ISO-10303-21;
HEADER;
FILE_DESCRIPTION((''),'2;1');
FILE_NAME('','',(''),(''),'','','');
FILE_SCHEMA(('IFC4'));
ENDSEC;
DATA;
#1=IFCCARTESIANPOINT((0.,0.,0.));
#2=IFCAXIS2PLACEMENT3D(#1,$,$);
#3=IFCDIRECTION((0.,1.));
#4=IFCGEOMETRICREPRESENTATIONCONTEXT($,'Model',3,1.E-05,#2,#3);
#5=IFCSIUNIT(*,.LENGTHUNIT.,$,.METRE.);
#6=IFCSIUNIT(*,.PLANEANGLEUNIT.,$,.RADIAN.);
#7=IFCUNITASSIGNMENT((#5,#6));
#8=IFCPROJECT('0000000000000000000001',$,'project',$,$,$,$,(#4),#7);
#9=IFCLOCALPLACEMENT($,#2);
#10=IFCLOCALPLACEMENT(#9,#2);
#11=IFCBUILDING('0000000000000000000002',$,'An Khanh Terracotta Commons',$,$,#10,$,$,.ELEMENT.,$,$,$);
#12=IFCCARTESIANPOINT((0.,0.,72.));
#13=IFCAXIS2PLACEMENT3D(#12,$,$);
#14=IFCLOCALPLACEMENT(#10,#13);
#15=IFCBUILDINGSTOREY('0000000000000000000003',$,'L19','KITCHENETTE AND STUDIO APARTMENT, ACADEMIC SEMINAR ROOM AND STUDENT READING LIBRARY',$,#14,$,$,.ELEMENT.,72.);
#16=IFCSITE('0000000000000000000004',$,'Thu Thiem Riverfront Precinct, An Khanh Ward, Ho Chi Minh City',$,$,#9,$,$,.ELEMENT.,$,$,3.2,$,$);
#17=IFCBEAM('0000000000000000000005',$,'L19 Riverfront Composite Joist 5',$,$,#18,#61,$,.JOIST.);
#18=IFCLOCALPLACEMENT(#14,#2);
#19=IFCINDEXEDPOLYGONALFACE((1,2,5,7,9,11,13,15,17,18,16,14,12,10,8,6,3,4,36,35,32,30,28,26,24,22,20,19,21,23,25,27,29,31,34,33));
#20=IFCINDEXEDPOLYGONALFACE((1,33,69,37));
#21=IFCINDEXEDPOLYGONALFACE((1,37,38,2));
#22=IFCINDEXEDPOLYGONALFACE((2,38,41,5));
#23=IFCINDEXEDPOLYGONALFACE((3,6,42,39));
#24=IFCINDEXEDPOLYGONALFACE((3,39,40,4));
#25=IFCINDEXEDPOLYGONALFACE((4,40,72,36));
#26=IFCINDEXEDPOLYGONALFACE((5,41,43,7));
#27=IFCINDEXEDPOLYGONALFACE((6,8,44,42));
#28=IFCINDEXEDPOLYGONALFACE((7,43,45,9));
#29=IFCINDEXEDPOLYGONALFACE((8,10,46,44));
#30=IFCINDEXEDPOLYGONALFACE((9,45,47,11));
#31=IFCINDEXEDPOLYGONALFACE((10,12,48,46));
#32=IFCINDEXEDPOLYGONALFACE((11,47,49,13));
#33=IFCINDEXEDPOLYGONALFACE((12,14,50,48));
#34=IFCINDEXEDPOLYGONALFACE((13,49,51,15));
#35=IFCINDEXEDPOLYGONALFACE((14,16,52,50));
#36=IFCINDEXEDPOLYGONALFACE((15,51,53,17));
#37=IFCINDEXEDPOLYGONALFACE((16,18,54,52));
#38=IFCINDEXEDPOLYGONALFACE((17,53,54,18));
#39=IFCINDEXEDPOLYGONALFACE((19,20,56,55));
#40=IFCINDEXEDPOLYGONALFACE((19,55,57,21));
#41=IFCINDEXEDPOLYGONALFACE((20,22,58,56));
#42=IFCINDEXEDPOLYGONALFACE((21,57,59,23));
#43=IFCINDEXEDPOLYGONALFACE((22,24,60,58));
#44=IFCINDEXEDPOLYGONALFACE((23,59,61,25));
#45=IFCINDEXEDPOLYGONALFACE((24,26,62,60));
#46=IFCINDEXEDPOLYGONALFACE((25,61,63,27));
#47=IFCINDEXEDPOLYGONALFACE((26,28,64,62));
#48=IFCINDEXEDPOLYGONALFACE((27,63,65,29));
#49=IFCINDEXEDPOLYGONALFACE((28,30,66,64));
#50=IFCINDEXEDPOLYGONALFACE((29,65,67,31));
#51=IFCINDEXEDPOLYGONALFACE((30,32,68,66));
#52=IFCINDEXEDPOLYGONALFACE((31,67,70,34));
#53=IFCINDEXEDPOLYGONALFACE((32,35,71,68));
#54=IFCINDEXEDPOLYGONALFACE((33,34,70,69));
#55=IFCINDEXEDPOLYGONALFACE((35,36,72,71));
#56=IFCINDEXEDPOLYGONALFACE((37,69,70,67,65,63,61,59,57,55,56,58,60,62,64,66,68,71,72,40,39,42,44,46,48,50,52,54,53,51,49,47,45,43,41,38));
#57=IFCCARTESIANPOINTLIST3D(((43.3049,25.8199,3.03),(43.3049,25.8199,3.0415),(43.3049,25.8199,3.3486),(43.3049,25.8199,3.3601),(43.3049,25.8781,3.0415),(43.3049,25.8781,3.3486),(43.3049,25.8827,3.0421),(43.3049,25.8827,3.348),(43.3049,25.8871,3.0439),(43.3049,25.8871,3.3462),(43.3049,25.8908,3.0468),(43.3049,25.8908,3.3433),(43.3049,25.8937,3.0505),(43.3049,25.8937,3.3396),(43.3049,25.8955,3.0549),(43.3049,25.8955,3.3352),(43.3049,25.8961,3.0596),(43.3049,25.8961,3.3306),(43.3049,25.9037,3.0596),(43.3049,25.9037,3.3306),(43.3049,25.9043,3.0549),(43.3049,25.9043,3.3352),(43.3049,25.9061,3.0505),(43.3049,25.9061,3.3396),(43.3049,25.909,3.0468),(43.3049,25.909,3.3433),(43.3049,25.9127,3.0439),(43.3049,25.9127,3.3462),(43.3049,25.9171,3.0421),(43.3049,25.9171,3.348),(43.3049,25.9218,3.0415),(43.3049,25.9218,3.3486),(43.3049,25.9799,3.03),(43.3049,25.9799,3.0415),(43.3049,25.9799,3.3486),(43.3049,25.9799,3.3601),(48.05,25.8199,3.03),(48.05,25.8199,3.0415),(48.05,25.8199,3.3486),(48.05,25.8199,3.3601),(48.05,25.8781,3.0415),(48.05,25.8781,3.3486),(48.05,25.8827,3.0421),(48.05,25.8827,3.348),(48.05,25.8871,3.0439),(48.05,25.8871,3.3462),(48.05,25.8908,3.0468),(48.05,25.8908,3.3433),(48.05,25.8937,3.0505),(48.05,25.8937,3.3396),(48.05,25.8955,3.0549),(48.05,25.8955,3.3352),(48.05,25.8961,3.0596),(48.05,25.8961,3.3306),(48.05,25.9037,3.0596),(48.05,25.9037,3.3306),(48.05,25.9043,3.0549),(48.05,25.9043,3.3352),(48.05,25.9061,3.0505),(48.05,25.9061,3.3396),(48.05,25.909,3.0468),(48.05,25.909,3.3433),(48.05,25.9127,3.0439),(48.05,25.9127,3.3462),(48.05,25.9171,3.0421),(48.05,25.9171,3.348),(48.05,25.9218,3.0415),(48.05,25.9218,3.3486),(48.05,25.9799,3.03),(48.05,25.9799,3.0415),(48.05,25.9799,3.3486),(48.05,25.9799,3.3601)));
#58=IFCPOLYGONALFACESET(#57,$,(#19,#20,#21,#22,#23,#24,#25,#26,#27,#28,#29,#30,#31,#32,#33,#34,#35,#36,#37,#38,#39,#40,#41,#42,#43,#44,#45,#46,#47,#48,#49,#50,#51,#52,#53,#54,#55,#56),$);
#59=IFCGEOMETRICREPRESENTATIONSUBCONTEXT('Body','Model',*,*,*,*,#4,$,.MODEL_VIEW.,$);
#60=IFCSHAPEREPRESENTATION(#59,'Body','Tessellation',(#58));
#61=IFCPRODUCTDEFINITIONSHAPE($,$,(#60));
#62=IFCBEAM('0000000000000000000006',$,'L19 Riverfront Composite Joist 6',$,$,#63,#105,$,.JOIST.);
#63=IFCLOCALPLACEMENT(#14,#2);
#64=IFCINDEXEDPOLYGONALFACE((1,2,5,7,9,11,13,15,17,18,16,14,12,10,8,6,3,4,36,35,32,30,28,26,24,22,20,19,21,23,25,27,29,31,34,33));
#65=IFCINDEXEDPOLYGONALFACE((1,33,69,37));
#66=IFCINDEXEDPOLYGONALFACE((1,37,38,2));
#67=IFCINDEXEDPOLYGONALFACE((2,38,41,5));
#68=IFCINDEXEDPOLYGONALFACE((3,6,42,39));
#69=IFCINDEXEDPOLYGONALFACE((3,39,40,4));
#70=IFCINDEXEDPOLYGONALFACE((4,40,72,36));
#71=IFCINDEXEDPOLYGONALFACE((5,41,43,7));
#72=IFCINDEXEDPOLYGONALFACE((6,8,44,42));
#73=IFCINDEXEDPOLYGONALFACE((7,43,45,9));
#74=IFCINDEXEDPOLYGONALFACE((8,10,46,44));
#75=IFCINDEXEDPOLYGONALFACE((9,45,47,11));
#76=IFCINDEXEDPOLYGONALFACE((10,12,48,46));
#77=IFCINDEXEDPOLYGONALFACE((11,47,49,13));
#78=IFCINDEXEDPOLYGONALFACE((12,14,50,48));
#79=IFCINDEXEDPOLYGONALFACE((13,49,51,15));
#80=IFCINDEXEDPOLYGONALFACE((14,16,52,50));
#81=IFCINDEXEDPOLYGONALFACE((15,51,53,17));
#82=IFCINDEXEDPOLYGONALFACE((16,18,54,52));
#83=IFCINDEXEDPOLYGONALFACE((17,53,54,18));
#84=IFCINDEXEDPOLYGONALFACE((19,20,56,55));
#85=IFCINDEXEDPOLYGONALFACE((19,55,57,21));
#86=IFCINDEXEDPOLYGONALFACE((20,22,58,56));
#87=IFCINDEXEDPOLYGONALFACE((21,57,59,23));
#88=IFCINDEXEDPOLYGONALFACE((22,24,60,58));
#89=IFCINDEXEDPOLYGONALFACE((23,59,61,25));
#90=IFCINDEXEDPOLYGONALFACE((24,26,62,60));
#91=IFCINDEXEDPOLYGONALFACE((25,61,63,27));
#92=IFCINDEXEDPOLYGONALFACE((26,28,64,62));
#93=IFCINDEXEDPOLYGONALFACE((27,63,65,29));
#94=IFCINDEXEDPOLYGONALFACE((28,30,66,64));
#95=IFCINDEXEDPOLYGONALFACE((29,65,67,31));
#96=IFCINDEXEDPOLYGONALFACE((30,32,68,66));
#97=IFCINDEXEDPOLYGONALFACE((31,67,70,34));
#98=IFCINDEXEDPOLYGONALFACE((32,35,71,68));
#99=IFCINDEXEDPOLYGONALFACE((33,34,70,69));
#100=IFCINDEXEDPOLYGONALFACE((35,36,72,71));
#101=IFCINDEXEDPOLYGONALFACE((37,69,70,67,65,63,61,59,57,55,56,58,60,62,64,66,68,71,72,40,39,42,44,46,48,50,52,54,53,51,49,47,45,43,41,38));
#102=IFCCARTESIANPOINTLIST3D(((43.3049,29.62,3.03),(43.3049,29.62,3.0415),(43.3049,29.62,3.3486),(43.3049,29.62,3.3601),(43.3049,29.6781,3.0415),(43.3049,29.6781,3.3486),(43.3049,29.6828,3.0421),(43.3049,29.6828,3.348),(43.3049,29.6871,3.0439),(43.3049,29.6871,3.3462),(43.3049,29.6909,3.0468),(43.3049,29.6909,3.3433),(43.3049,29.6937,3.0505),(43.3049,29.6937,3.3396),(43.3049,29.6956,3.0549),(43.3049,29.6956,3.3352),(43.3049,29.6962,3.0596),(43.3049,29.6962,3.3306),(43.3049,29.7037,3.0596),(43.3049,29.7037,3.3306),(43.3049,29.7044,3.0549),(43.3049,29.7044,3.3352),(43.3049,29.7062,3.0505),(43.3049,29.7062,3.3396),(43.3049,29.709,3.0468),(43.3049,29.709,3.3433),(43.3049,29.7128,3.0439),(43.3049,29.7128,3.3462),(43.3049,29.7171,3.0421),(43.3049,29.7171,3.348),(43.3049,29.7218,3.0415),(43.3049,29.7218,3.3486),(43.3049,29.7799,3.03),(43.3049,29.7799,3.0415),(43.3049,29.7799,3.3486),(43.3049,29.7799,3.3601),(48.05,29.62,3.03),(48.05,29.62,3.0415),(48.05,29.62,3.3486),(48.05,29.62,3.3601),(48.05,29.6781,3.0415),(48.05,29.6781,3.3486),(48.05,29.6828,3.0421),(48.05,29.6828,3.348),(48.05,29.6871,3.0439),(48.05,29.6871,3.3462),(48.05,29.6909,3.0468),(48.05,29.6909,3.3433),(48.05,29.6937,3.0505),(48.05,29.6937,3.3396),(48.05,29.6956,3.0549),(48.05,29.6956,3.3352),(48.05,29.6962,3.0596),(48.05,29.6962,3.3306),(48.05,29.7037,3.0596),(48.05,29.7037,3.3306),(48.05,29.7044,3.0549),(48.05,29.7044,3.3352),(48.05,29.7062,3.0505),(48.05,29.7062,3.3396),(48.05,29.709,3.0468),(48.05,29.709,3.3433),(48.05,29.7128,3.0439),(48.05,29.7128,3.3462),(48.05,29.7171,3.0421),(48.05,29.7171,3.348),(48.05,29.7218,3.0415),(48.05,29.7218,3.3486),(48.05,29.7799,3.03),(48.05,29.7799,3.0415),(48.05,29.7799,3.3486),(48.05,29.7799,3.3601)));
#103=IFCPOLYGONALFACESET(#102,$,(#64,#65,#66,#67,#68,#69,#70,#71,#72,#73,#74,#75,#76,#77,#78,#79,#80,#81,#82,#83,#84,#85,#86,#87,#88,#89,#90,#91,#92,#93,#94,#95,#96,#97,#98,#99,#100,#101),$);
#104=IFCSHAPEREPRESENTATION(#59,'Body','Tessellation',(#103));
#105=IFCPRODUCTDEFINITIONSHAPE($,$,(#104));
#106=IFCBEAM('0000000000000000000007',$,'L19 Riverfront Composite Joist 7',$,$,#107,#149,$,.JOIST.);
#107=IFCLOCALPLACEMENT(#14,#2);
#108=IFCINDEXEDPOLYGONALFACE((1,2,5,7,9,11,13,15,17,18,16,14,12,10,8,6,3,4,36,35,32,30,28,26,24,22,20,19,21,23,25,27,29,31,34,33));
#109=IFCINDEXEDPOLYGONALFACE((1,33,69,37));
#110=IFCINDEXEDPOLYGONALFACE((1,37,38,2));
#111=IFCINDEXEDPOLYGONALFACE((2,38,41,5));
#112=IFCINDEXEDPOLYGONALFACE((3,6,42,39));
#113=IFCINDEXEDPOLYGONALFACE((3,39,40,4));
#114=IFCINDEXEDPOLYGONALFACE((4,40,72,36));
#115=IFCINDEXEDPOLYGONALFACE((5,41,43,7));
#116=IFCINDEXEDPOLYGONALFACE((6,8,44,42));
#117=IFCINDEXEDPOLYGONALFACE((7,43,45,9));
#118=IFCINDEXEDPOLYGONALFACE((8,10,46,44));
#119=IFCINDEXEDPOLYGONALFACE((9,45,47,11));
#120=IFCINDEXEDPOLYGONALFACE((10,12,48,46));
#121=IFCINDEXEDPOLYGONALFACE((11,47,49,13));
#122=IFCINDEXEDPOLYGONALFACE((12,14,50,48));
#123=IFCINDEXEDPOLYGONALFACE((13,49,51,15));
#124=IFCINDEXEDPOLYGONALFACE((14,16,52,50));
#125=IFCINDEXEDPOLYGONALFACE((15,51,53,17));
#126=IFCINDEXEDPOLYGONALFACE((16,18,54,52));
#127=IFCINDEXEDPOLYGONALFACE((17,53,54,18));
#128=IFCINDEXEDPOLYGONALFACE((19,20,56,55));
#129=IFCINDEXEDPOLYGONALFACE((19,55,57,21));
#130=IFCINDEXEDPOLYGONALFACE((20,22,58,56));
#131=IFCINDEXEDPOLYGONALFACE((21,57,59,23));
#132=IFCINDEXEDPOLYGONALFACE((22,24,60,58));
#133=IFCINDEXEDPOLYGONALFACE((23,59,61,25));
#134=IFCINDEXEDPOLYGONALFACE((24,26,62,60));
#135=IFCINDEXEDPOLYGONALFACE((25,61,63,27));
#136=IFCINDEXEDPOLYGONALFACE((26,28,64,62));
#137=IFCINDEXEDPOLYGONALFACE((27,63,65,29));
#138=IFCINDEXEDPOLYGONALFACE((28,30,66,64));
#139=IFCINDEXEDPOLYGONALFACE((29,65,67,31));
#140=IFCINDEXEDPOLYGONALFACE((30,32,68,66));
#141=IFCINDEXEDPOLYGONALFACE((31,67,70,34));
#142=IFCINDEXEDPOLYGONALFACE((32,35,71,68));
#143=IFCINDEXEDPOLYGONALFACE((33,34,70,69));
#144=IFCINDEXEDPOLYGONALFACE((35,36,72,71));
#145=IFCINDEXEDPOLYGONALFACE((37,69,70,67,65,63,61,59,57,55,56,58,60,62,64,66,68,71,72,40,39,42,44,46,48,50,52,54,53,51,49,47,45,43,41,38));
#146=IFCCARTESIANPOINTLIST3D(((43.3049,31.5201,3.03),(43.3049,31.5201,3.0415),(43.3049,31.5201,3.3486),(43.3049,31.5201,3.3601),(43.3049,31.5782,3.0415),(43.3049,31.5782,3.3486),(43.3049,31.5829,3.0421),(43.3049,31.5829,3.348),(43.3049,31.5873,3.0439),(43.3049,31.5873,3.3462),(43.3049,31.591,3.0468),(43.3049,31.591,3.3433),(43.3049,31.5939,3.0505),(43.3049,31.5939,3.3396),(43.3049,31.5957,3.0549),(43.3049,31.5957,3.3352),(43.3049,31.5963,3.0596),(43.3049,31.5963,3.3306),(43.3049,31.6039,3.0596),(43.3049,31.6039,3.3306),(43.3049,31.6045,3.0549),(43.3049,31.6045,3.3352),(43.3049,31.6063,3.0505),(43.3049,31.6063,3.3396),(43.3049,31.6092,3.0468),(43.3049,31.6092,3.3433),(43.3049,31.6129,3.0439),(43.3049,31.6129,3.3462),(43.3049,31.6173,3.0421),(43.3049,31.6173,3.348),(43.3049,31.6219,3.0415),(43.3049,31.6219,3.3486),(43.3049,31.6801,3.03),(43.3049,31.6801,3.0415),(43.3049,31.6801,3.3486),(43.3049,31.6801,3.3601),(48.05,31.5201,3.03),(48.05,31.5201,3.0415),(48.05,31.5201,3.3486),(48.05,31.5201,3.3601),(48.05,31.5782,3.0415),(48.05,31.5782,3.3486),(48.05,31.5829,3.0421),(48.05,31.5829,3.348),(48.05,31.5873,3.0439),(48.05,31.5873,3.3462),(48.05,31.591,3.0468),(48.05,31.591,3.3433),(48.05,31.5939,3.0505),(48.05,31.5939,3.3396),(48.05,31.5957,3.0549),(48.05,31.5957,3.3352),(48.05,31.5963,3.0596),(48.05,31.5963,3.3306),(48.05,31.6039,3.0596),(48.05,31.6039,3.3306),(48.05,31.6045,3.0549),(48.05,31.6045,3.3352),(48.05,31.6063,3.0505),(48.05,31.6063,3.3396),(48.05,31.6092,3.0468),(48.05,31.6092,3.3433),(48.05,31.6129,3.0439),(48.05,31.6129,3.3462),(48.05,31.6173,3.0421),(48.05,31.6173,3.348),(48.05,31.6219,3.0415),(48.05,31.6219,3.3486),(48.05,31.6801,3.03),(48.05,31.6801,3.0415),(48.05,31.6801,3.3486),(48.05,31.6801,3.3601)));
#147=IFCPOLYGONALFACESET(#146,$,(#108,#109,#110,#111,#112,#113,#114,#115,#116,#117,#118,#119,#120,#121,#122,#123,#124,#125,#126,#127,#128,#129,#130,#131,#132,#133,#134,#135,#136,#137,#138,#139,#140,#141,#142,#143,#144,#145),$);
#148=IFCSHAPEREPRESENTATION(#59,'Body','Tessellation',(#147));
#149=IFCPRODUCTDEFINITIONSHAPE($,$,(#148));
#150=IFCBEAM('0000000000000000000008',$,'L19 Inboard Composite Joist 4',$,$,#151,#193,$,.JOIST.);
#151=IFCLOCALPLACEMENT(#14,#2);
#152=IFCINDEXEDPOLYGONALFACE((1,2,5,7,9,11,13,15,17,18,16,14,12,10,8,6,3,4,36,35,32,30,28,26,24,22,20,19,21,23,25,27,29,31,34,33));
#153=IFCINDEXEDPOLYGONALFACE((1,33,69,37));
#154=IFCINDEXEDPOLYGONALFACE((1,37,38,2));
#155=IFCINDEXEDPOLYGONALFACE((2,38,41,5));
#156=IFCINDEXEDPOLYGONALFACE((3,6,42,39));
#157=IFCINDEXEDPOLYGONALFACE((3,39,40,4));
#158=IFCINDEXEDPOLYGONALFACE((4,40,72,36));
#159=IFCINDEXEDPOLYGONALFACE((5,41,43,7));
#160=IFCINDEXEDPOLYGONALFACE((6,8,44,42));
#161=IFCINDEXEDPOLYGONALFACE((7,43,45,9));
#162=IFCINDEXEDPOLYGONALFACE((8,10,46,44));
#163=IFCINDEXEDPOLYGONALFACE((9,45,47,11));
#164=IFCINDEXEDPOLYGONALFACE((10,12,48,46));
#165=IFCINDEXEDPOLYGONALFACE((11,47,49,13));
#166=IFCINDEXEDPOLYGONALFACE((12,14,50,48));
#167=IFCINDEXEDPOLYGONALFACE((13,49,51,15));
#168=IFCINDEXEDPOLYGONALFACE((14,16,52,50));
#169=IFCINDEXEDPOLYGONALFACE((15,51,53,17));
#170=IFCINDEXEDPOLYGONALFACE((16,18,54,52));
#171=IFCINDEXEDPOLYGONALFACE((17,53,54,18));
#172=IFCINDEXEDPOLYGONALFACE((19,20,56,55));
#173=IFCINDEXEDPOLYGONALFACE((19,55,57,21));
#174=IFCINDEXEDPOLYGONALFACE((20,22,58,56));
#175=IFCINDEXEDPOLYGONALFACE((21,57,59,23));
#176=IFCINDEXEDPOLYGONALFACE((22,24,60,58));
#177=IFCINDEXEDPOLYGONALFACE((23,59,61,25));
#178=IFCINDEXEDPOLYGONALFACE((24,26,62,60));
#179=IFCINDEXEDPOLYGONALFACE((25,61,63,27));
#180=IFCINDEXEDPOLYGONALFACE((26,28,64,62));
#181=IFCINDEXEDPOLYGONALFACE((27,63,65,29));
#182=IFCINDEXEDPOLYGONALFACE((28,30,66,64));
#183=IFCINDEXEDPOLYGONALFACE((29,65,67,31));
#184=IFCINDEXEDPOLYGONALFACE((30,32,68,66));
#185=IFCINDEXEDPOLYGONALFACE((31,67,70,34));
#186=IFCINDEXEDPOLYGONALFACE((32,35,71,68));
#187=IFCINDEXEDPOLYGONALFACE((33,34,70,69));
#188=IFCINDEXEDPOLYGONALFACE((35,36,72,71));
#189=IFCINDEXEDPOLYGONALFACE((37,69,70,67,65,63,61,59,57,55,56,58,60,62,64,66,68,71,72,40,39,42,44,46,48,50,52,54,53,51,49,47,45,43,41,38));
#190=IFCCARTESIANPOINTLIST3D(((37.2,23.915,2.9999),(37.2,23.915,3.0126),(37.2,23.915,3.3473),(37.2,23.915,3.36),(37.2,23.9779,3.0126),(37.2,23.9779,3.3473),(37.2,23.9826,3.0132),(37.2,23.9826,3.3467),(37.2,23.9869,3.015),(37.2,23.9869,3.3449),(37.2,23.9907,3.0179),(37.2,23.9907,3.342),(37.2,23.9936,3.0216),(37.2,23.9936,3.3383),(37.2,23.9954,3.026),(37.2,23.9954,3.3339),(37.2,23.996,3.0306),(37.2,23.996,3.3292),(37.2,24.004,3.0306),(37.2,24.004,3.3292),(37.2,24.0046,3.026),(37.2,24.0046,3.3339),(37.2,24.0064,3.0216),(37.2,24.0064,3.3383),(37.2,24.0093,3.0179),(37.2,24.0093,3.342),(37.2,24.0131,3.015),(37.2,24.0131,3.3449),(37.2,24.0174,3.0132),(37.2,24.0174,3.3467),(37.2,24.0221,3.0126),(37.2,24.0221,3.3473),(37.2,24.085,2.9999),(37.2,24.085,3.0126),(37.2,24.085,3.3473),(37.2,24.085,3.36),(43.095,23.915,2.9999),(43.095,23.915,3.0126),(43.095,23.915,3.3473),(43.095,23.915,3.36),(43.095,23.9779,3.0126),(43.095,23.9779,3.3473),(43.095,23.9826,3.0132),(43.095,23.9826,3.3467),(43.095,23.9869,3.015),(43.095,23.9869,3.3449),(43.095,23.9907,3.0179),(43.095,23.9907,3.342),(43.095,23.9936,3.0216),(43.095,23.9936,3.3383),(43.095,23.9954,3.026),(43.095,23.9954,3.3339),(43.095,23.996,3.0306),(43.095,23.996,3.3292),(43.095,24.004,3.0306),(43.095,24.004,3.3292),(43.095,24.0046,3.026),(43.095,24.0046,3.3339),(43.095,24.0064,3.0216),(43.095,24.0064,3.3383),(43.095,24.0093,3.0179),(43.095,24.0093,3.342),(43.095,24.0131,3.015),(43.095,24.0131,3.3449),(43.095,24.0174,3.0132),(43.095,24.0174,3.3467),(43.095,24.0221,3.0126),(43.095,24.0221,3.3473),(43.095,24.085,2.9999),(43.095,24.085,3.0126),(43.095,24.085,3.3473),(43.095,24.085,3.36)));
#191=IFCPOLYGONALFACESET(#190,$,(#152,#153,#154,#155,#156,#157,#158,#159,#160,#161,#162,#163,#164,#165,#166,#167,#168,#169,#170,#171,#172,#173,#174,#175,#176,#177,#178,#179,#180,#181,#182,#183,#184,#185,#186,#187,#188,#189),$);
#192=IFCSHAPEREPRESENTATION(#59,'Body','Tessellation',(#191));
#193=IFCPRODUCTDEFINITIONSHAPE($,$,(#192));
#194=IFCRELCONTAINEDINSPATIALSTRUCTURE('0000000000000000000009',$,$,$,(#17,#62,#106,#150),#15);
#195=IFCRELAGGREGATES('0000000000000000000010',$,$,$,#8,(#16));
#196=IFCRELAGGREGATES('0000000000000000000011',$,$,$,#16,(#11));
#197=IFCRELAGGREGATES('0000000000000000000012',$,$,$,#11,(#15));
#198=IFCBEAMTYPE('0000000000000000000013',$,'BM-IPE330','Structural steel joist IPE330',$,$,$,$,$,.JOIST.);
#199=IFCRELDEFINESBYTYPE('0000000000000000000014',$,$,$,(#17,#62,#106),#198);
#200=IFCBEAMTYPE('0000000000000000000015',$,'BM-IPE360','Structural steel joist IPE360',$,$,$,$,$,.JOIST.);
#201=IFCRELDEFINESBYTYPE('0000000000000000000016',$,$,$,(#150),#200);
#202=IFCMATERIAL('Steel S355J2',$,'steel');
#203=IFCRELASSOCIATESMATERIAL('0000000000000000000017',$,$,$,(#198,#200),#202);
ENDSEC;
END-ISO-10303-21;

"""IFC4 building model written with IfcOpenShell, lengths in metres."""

from ifc_helpers import new_model, si_unit, direction, frame, origin, origin_2d, place, context, subcontext, project, spatial, i_section, extrude, material, material_profile, profile_set, type_object, element, save


model = new_model("IFC4")

# Units and contexts
model_context = context("Model", 3, precision=1e-05, world=origin(), true_north=direction((0.0, 1.0)))
body_context = subcontext(model_context, "Body", "Model", "MODEL_VIEW")
ifc_project = project(units=[si_unit("LENGTHUNIT", "METRE"), si_unit("PLANEANGLEUNIT", "RADIAN")], contexts=[model_context])

# Site, building, storey
site_placement = place(None, origin())
site = spatial("IfcSite", under=ifc_project, at=site_placement, Name="Thu Thiem Riverfront Precinct, An Khanh Ward, Ho Chi Minh City", CompositionType="ELEMENT", RefElevation=3.2)
building_placement = place(site_placement, origin())
building = spatial("IfcBuilding", under=site, at=building_placement, Name="An Khanh Terracotta Commons", CompositionType="ELEMENT")
storey_placement = place(building_placement, frame((0.0, 0.0, 72.0)))
storey = spatial("IfcBuildingStorey", under=building, at=storey_placement, Name="L19", Description="KITCHENETTE AND STUDIO APARTMENT, ACADEMIC SEMINAR ROOM AND STUDENT READING LIBRARY", CompositionType="ELEMENT", Elevation=72.0)

# Beams
ifc_material_1 = material(Name="Steel S355J2", Category="steel")
ifc_material_profile_1 = material_profile(ifc_material_1, i_section(OverallWidth=0.1599, OverallDepth=0.3301, WebThickness=0.0076, FlangeThickness=0.0115, FilletRadius=0.0181, at=origin_2d()), Name="IPE330")
ifc_profile_set_1 = profile_set([ifc_material_profile_1], Name="Steel S355J2")
beam_type_1 = type_object("IfcBeamType", Name="BM-IPE330", Description="Structural steel joist IPE330", PredefinedType="JOIST", material=ifc_profile_set_1)
for number, where, z_axis, x_axis, name in (
    (1, (43.3049, 25.8999, 3.1951), (1.0, 0.0, 0.0), (0.0, 1.0, 0.0), "L19 Riverfront Composite Joist 5"),
    (2, (43.3049, 29.7, 3.1951), (1.0, 0.0, 0.0), (0.0, 1.0, 0.0), "L19 Riverfront Composite Joist 6"),
    (3, (43.3049, 31.6001, 3.1951), (1.0, 0.0, 0.0), (0.0, 1.0, 0.0), "L19 Riverfront Composite Joist 7"),
):
    element("IfcBeam", number, at=place(storey_placement, frame(where, z_axis=z_axis, x_axis=x_axis)), inside=storey, type_object=beam_type_1, Name=name, PredefinedType="JOIST", context=body_context, shape_type="SweptSolid", body=[
        extrude(i_section(OverallWidth=0.1599, OverallDepth=0.3301, WebThickness=0.0076, FlangeThickness=0.0115, FilletRadius=0.0181, at=origin_2d()), origin(), (0.0, 0.0, 1.0), 4.7451),
    ])
ifc_material_profile_2 = material_profile(ifc_material_1, i_section(OverallWidth=0.1699, OverallDepth=0.3601, WebThickness=0.0081, FlangeThickness=0.0127, FilletRadius=0.0181, at=origin_2d()), Name="IPE360")
ifc_profile_set_2 = profile_set([ifc_material_profile_2], Name="Steel S355J2")
beam_type_2 = type_object("IfcBeamType", Name="BM-IPE360", Description="Structural steel joist IPE360", PredefinedType="JOIST", material=ifc_profile_set_2)
for number, where, z_axis, x_axis, name in (
    (4, (37.2, 24.0, 3.1799), (1.0, 0.0, 0.0), (0.0, 1.0, 0.0), "L19 Inboard Composite Joist 4"),
):
    element("IfcBeam", number, at=place(storey_placement, frame(where, z_axis=z_axis, x_axis=x_axis)), inside=storey, type_object=beam_type_2, Name=name, PredefinedType="JOIST", context=body_context, shape_type="SweptSolid", body=[
        extrude(i_section(OverallWidth=0.1699, OverallDepth=0.3601, WebThickness=0.0081, FlangeThickness=0.0127, FilletRadius=0.0181, at=origin_2d()), origin(), (0.0, 0.0, 1.0), 5.895),
    ])

save(model, "model.ifc")
